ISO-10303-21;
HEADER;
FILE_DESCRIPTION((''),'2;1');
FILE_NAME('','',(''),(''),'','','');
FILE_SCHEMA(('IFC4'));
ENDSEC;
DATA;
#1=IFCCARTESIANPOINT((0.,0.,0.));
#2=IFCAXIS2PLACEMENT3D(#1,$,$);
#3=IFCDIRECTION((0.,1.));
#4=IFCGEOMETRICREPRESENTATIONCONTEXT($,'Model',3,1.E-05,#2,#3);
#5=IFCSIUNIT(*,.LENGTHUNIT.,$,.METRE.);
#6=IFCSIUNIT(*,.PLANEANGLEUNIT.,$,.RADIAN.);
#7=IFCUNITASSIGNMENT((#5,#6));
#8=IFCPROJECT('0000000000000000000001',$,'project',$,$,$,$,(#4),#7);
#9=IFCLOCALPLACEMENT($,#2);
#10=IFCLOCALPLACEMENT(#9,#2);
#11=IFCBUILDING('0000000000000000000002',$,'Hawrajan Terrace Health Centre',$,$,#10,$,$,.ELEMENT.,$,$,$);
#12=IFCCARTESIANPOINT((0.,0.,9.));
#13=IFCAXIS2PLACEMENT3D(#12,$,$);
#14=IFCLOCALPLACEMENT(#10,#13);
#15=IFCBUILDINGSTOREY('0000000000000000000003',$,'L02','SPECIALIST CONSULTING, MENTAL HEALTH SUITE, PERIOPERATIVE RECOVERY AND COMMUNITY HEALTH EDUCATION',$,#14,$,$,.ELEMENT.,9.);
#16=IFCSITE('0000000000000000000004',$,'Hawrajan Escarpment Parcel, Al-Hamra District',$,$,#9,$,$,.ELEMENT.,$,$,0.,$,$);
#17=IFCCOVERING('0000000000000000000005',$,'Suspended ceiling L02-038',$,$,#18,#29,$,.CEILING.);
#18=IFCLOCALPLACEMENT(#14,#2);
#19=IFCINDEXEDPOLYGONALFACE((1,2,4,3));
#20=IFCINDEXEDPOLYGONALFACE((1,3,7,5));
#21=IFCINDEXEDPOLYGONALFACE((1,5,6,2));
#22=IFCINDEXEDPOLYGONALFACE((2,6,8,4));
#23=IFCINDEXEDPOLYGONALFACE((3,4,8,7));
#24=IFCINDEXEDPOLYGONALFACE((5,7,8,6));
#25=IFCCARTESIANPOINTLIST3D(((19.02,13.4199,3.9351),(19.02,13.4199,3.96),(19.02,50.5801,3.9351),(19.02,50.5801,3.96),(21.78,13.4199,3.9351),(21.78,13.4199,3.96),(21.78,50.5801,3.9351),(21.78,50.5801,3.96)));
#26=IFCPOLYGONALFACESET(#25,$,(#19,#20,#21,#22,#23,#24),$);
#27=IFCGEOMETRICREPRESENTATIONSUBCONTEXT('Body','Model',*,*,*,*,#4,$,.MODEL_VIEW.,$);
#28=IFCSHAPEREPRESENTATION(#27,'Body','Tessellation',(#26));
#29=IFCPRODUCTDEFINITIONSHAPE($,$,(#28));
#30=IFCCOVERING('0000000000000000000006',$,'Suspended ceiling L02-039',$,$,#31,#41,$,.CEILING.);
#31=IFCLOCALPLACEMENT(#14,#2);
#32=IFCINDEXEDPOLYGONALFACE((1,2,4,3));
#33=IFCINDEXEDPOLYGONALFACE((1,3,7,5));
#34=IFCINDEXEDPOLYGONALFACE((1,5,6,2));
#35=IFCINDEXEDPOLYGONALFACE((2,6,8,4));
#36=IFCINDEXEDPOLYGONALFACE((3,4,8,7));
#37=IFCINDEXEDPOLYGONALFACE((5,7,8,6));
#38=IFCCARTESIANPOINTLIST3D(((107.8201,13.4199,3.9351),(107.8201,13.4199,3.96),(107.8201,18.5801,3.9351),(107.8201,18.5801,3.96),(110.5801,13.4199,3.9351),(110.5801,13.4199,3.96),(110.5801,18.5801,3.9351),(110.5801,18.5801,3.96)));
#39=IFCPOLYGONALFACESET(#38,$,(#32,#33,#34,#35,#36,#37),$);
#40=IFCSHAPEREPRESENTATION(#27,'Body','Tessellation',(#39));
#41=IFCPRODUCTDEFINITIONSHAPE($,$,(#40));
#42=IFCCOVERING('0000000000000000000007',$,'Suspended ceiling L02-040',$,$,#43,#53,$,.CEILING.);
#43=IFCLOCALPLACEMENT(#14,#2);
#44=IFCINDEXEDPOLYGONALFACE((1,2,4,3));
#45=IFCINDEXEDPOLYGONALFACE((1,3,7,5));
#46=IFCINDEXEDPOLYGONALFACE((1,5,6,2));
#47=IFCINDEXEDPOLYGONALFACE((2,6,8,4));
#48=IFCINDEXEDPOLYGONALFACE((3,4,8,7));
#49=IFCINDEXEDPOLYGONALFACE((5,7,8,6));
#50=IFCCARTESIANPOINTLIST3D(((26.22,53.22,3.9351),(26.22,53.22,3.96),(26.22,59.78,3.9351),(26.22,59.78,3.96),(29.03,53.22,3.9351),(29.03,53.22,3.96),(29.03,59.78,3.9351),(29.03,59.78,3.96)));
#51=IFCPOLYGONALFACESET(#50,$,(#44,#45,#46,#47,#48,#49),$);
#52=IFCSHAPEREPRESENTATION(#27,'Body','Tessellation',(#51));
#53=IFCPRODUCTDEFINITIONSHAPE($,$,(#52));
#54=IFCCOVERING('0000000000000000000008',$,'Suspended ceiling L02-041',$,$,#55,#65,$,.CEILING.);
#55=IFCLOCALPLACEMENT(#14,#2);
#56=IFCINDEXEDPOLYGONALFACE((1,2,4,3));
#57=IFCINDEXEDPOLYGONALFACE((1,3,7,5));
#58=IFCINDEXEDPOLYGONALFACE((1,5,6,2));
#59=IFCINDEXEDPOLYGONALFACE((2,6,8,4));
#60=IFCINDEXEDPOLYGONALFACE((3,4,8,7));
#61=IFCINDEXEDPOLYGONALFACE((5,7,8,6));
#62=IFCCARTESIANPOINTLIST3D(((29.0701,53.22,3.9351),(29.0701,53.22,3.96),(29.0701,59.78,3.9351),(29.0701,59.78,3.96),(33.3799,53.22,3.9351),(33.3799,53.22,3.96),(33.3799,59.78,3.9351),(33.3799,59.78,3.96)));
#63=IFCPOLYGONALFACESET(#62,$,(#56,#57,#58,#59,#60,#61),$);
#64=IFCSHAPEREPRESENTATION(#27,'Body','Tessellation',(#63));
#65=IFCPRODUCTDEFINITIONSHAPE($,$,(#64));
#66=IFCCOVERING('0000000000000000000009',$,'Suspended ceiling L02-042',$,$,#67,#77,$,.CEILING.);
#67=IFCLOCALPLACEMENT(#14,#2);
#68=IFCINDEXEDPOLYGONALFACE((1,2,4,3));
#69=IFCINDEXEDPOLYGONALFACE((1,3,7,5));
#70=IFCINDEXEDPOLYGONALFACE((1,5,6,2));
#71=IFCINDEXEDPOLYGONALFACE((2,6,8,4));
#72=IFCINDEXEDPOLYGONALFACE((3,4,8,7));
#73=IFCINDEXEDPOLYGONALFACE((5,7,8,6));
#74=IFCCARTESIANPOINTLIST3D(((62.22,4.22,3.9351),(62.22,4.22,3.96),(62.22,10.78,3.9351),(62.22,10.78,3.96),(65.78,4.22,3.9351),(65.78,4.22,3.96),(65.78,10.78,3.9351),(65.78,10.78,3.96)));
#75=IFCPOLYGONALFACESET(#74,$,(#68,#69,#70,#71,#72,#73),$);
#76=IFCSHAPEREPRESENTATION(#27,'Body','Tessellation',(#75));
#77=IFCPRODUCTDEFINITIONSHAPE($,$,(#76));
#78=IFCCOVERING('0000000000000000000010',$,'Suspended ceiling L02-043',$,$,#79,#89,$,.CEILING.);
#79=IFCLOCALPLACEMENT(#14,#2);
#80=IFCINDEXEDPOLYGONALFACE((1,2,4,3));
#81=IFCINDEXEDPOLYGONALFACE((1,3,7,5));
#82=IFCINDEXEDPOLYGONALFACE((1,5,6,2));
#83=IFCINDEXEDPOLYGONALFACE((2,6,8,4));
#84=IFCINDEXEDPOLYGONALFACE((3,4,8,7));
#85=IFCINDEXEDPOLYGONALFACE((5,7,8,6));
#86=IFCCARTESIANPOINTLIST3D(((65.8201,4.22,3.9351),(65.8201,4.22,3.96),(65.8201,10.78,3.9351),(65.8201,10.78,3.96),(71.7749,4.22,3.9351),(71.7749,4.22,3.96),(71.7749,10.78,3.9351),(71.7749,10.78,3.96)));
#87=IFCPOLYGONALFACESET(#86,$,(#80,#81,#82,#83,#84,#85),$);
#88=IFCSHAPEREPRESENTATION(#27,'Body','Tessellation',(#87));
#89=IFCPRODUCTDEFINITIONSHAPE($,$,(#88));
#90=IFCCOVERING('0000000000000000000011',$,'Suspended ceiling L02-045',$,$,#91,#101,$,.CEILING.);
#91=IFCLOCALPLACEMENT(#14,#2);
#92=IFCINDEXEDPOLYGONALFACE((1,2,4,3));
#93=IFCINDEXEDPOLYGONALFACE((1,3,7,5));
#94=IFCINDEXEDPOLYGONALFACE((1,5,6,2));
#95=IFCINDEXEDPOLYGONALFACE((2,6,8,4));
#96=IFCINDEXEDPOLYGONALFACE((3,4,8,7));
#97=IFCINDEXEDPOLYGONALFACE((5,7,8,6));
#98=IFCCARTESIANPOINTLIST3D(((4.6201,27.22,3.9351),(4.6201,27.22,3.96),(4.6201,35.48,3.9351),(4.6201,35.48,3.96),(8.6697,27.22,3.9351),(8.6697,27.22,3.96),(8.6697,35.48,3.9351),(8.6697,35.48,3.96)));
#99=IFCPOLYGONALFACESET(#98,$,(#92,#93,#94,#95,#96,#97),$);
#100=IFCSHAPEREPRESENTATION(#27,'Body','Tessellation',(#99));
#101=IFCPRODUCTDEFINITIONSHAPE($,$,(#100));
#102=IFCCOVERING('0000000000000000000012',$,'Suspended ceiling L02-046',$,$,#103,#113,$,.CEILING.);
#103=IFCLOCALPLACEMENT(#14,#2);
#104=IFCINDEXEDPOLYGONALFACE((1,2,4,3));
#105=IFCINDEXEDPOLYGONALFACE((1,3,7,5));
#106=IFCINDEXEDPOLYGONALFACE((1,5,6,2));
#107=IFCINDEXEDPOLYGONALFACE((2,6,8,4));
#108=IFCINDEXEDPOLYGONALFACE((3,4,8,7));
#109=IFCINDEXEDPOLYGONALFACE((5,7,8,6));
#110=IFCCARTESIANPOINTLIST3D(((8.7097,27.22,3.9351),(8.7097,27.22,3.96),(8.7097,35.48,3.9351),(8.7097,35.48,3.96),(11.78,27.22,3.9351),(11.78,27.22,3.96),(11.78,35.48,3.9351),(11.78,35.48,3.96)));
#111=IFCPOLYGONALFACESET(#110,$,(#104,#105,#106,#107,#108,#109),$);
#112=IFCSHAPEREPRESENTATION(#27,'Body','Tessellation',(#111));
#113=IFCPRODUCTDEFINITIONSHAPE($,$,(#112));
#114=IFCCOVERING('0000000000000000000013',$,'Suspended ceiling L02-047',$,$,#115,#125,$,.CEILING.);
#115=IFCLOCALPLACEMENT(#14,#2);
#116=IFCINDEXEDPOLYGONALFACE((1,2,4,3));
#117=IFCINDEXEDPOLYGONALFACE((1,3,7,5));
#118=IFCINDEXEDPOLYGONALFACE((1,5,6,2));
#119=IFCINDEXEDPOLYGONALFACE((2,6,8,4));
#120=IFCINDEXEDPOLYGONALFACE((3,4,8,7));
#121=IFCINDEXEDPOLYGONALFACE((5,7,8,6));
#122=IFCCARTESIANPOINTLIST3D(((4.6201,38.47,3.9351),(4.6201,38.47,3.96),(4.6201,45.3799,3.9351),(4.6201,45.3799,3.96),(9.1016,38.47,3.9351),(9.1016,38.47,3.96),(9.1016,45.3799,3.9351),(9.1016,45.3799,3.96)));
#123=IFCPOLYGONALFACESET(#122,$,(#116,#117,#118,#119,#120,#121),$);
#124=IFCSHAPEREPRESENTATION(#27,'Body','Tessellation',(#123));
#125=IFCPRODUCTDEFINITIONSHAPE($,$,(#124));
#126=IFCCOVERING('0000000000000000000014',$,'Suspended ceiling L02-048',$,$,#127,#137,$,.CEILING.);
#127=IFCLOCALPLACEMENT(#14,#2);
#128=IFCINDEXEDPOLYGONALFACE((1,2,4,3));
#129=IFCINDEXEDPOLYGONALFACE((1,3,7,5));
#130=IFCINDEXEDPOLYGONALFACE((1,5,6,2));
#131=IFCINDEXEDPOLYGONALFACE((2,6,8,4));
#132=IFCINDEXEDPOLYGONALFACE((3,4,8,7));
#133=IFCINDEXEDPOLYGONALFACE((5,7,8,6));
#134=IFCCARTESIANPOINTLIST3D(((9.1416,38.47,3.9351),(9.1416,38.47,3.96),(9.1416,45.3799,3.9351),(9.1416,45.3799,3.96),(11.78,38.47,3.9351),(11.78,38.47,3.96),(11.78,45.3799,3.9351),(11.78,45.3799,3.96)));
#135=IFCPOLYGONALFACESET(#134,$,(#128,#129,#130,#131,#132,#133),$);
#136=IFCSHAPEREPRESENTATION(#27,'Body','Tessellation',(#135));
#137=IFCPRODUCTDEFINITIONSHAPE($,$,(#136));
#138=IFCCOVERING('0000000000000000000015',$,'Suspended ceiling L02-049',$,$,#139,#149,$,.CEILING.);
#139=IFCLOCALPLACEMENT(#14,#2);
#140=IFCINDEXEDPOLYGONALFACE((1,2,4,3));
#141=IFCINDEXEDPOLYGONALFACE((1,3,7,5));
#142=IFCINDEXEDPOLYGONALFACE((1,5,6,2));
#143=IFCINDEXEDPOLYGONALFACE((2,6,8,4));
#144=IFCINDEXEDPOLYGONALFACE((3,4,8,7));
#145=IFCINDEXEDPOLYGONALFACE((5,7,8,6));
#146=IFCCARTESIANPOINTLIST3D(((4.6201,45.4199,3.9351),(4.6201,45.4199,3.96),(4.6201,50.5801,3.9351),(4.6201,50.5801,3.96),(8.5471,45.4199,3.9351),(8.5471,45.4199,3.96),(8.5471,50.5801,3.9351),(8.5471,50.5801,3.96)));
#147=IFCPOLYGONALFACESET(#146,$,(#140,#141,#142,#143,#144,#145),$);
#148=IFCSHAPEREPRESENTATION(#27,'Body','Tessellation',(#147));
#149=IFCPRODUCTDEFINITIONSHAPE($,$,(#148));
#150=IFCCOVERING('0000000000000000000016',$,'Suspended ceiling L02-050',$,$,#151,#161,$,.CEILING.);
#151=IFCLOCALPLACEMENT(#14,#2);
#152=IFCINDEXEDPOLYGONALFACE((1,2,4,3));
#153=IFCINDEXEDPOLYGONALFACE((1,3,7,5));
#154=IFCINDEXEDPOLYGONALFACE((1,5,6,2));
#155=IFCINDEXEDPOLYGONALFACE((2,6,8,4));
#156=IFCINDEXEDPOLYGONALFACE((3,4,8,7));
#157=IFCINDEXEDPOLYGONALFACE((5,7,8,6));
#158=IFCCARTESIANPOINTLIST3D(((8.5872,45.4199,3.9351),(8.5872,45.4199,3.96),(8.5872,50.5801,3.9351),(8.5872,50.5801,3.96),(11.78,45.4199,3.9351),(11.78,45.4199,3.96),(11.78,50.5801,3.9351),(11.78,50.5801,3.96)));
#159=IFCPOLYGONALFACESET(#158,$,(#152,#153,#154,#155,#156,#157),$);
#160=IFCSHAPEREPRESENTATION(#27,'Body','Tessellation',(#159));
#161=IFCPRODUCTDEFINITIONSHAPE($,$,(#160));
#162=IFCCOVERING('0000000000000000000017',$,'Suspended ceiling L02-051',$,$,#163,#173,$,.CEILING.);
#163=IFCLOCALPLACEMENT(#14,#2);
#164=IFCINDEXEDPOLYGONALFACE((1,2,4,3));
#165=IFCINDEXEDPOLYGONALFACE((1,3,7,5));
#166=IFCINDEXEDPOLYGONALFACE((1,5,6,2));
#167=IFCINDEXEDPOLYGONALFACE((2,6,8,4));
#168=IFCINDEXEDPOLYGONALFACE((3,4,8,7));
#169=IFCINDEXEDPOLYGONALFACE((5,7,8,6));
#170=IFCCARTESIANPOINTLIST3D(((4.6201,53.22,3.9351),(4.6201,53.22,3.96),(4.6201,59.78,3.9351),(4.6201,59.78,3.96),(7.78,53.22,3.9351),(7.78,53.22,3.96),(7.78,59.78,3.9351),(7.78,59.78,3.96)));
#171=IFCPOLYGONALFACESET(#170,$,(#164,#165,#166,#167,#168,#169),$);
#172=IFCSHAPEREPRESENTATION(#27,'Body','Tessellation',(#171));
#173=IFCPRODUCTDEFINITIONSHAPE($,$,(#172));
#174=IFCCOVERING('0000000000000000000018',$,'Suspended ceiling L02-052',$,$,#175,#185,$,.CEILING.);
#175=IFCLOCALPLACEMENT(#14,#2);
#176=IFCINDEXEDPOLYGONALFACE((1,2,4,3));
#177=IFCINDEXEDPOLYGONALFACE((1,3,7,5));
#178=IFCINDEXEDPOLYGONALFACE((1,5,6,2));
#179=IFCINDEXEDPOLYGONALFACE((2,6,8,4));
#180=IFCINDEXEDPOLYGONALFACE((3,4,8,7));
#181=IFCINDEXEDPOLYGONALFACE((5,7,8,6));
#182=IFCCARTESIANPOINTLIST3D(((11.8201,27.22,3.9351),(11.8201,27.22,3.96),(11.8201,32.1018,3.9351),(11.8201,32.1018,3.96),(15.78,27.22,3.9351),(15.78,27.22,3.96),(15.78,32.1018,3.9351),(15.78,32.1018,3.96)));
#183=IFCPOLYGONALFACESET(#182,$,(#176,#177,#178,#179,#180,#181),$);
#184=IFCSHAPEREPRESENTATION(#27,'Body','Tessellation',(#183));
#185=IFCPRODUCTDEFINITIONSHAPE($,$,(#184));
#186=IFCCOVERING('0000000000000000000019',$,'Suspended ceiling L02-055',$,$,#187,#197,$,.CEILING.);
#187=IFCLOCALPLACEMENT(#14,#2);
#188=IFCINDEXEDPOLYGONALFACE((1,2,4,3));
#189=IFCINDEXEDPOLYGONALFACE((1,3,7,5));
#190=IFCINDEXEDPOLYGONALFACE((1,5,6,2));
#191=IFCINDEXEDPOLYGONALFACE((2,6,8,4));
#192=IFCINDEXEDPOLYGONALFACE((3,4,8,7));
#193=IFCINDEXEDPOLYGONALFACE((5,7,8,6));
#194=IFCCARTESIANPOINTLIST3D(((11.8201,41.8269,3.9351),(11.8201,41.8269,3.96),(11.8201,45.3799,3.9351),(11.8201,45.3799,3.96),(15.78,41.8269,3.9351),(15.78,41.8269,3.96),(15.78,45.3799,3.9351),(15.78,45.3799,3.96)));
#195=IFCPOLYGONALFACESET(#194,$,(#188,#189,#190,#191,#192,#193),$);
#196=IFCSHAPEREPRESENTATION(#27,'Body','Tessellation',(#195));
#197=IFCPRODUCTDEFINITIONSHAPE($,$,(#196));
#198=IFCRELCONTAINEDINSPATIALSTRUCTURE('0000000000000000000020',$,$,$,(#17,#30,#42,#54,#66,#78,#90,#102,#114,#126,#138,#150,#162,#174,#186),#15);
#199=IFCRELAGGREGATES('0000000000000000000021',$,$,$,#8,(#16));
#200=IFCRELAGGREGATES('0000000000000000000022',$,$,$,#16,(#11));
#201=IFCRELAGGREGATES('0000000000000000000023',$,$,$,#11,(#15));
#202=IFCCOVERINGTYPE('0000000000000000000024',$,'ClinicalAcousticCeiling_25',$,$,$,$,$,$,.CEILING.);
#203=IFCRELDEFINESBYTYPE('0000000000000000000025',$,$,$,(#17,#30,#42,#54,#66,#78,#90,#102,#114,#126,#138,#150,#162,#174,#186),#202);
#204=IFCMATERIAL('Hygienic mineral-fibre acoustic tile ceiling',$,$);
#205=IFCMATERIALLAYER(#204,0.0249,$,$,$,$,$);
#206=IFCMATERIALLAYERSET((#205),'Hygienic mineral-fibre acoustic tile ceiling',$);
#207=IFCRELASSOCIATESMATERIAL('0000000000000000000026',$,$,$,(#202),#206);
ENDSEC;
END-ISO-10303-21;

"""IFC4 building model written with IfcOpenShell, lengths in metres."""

from ifc_helpers import new_model, si_unit, direction, frame, origin, place, context, subcontext, project, spatial, polyline, outline, extrude, material, layer, layer_set, type_object, element, save


model = new_model("IFC4")

# Units and contexts
model_context = context("Model", 3, precision=1e-05, world=origin(), true_north=direction((0.0, 1.0)))
body_context = subcontext(model_context, "Body", "Model", "MODEL_VIEW")
ifc_project = project(units=[si_unit("LENGTHUNIT", "METRE"), si_unit("PLANEANGLEUNIT", "RADIAN")], contexts=[model_context])

# Site, building, storey
site_placement = place(None, origin())
site = spatial("IfcSite", under=ifc_project, at=site_placement, Name="Hawrajan Escarpment Parcel, Al-Hamra District", CompositionType="ELEMENT", RefElevation=0.0)
building_placement = place(site_placement, origin())
building = spatial("IfcBuilding", under=site, at=building_placement, Name="Hawrajan Terrace Health Centre", CompositionType="ELEMENT")
storey_placement = place(building_placement, frame((0.0, 0.0, 9.0)))
storey = spatial("IfcBuildingStorey", under=building, at=storey_placement, Name="L02", Description="SPECIALIST CONSULTING, MENTAL HEALTH SUITE, PERIOPERATIVE RECOVERY AND COMMUNITY HEALTH EDUCATION", CompositionType="ELEMENT", Elevation=9.0)

# Coverings
ifc_material = material(Name="Hygienic mineral-fibre acoustic tile ceiling")
ifc_layer = layer(ifc_material, 0.0249)
ifc_layer_set = layer_set([ifc_layer], Name="Hygienic mineral-fibre acoustic tile ceiling")
covering_type = type_object("IfcCoveringType", Name="ClinicalAcousticCeiling_25", PredefinedType="CEILING", material=ifc_layer_set)
covering_1_placement = place(storey_placement, frame((0.0, 0.0, 3.9351)))
element("IfcCovering", 1, at=covering_1_placement, inside=storey, type_object=covering_type, Name="Suspended ceiling L02-038", PredefinedType="CEILING", context=body_context, shape_type="SweptSolid", body=[
    extrude(outline(polyline([(19.02, 50.5801), (21.78, 50.5801), (21.78, 13.4199), (19.02, 13.4199), (19.02, 50.5801)])), origin(), (0.0, 0.0, 1.0), 0.0249),
])
covering_2_placement = place(storey_placement, frame((0.0, 0.0, 3.9351)))
element("IfcCovering", 2, at=covering_2_placement, inside=storey, type_object=covering_type, Name="Suspended ceiling L02-039", PredefinedType="CEILING", context=body_context, shape_type="SweptSolid", body=[
    extrude(outline(polyline([(107.8201, 18.5801), (110.5801, 18.5801), (110.5801, 13.4199), (107.8201, 13.4199), (107.8201, 18.5801)])), origin(), (0.0, 0.0, 1.0), 0.0249),
])
covering_3_placement = place(storey_placement, frame((0.0, 0.0, 3.9351)))
element("IfcCovering", 3, at=covering_3_placement, inside=storey, type_object=covering_type, Name="Suspended ceiling L02-040", PredefinedType="CEILING", context=body_context, shape_type="SweptSolid", body=[
    extrude(outline(polyline([(26.22, 59.78), (29.03, 59.78), (29.03, 53.22), (26.22, 53.22), (26.22, 59.78)])), origin(), (0.0, 0.0, 1.0), 0.0249),
])
covering_4_placement = place(storey_placement, frame((0.0, 0.0, 3.9351)))
element("IfcCovering", 4, at=covering_4_placement, inside=storey, type_object=covering_type, Name="Suspended ceiling L02-041", PredefinedType="CEILING", context=body_context, shape_type="SweptSolid", body=[
    extrude(outline(polyline([(29.0701, 59.78), (33.3799, 59.78), (33.3799, 53.22), (29.0701, 53.22), (29.0701, 59.78)])), origin(), (0.0, 0.0, 1.0), 0.0249),
])
covering_5_placement = place(storey_placement, frame((0.0, 0.0, 3.9351)))
element("IfcCovering", 5, at=covering_5_placement, inside=storey, type_object=covering_type, Name="Suspended ceiling L02-042", PredefinedType="CEILING", context=body_context, shape_type="SweptSolid", body=[
    extrude(outline(polyline([(62.22, 10.78), (65.78, 10.78), (65.78, 4.22), (62.22, 4.22), (62.22, 10.78)])), origin(), (0.0, 0.0, 1.0), 0.0249),
])
covering_6_placement = place(storey_placement, frame((0.0, 0.0, 3.9351)))
element("IfcCovering", 6, at=covering_6_placement, inside=storey, type_object=covering_type, Name="Suspended ceiling L02-043", PredefinedType="CEILING", context=body_context, shape_type="SweptSolid", body=[
    extrude(outline(polyline([(65.8201, 10.78), (71.7749, 10.78), (71.7749, 4.22), (65.8201, 4.22), (65.8201, 10.78)])), origin(), (0.0, 0.0, 1.0), 0.0249),
])
covering_7_placement = place(storey_placement, frame((0.0, 0.0, 3.9351)))
element("IfcCovering", 7, at=covering_7_placement, inside=storey, type_object=covering_type, Name="Suspended ceiling L02-045", PredefinedType="CEILING", context=body_context, shape_type="SweptSolid", body=[
    extrude(outline(polyline([(4.6201, 35.48), (8.6697, 35.48), (8.6697, 27.22), (4.6201, 27.22), (4.6201, 35.48)])), origin(), (0.0, 0.0, 1.0), 0.0249),
])
covering_8_placement = place(storey_placement, frame((0.0, 0.0, 3.9351)))
element("IfcCovering", 8, at=covering_8_placement, inside=storey, type_object=covering_type, Name="Suspended ceiling L02-046", PredefinedType="CEILING", context=body_context, shape_type="SweptSolid", body=[
    extrude(outline(polyline([(8.7097, 35.48), (11.78, 35.48), (11.78, 27.22), (8.7097, 27.22), (8.7097, 35.48)])), origin(), (0.0, 0.0, 1.0), 0.0249),
])
covering_9_placement = place(storey_placement, frame((0.0, 0.0, 3.9351)))
element("IfcCovering", 9, at=covering_9_placement, inside=storey, type_object=covering_type, Name="Suspended ceiling L02-047", PredefinedType="CEILING", context=body_context, shape_type="SweptSolid", body=[
    extrude(outline(polyline([(4.6201, 45.3799), (9.1016, 45.3799), (9.1016, 38.47), (4.6201, 38.47), (4.6201, 45.3799)])), origin(), (0.0, 0.0, 1.0), 0.0249),
])
covering_10_placement = place(storey_placement, frame((0.0, 0.0, 3.9351)))
element("IfcCovering", 10, at=covering_10_placement, inside=storey, type_object=covering_type, Name="Suspended ceiling L02-048", PredefinedType="CEILING", context=body_context, shape_type="SweptSolid", body=[
    extrude(outline(polyline([(9.1416, 45.3799), (11.78, 45.3799), (11.78, 38.47), (9.1416, 38.47), (9.1416, 45.3799)])), origin(), (0.0, 0.0, 1.0), 0.0249),
])
covering_11_placement = place(storey_placement, frame((0.0, 0.0, 3.9351)))
element("IfcCovering", 11, at=covering_11_placement, inside=storey, type_object=covering_type, Name="Suspended ceiling L02-049", PredefinedType="CEILING", context=body_context, shape_type="SweptSolid", body=[
    extrude(outline(polyline([(4.6201, 50.5801), (8.5471, 50.5801), (8.5471, 45.4199), (4.6201, 45.4199), (4.6201, 50.5801)])), origin(), (0.0, 0.0, 1.0), 0.0249),
])
covering_12_placement = place(storey_placement, frame((0.0, 0.0, 3.9351)))
element("IfcCovering", 12, at=covering_12_placement, inside=storey, type_object=covering_type, Name="Suspended ceiling L02-050", PredefinedType="CEILING", context=body_context, shape_type="SweptSolid", body=[
    extrude(outline(polyline([(8.5872, 50.5801), (11.78, 50.5801), (11.78, 45.4199), (8.5872, 45.4199), (8.5872, 50.5801)])), origin(), (0.0, 0.0, 1.0), 0.0249),
])
covering_13_placement = place(storey_placement, frame((0.0, 0.0, 3.9351)))
element("IfcCovering", 13, at=covering_13_placement, inside=storey, type_object=covering_type, Name="Suspended ceiling L02-051", PredefinedType="CEILING", context=body_context, shape_type="SweptSolid", body=[
    extrude(outline(polyline([(4.6201, 59.78), (7.78, 59.78), (7.78, 53.22), (4.6201, 53.22), (4.6201, 59.78)])), origin(), (0.0, 0.0, 1.0), 0.0249),
])
covering_14_placement = place(storey_placement, frame((0.0, 0.0, 3.9351)))
element("IfcCovering", 14, at=covering_14_placement, inside=storey, type_object=covering_type, Name="Suspended ceiling L02-052", PredefinedType="CEILING", context=body_context, shape_type="SweptSolid", body=[
    extrude(outline(polyline([(11.8201, 32.1018), (15.78, 32.1018), (15.78, 27.22), (11.8201, 27.22), (11.8201, 32.1018)])), origin(), (0.0, 0.0, 1.0), 0.0249),
])
covering_15_placement = place(storey_placement, frame((0.0, 0.0, 3.9351)))
element("IfcCovering", 15, at=covering_15_placement, inside=storey, type_object=covering_type, Name="Suspended ceiling L02-055", PredefinedType="CEILING", context=body_context, shape_type="SweptSolid", body=[
    extrude(outline(polyline([(11.8201, 45.3799), (15.78, 45.3799), (15.78, 41.8269), (11.8201, 41.8269), (11.8201, 45.3799)])), origin(), (0.0, 0.0, 1.0), 0.0249),
])

save(model, "model.ifc")
